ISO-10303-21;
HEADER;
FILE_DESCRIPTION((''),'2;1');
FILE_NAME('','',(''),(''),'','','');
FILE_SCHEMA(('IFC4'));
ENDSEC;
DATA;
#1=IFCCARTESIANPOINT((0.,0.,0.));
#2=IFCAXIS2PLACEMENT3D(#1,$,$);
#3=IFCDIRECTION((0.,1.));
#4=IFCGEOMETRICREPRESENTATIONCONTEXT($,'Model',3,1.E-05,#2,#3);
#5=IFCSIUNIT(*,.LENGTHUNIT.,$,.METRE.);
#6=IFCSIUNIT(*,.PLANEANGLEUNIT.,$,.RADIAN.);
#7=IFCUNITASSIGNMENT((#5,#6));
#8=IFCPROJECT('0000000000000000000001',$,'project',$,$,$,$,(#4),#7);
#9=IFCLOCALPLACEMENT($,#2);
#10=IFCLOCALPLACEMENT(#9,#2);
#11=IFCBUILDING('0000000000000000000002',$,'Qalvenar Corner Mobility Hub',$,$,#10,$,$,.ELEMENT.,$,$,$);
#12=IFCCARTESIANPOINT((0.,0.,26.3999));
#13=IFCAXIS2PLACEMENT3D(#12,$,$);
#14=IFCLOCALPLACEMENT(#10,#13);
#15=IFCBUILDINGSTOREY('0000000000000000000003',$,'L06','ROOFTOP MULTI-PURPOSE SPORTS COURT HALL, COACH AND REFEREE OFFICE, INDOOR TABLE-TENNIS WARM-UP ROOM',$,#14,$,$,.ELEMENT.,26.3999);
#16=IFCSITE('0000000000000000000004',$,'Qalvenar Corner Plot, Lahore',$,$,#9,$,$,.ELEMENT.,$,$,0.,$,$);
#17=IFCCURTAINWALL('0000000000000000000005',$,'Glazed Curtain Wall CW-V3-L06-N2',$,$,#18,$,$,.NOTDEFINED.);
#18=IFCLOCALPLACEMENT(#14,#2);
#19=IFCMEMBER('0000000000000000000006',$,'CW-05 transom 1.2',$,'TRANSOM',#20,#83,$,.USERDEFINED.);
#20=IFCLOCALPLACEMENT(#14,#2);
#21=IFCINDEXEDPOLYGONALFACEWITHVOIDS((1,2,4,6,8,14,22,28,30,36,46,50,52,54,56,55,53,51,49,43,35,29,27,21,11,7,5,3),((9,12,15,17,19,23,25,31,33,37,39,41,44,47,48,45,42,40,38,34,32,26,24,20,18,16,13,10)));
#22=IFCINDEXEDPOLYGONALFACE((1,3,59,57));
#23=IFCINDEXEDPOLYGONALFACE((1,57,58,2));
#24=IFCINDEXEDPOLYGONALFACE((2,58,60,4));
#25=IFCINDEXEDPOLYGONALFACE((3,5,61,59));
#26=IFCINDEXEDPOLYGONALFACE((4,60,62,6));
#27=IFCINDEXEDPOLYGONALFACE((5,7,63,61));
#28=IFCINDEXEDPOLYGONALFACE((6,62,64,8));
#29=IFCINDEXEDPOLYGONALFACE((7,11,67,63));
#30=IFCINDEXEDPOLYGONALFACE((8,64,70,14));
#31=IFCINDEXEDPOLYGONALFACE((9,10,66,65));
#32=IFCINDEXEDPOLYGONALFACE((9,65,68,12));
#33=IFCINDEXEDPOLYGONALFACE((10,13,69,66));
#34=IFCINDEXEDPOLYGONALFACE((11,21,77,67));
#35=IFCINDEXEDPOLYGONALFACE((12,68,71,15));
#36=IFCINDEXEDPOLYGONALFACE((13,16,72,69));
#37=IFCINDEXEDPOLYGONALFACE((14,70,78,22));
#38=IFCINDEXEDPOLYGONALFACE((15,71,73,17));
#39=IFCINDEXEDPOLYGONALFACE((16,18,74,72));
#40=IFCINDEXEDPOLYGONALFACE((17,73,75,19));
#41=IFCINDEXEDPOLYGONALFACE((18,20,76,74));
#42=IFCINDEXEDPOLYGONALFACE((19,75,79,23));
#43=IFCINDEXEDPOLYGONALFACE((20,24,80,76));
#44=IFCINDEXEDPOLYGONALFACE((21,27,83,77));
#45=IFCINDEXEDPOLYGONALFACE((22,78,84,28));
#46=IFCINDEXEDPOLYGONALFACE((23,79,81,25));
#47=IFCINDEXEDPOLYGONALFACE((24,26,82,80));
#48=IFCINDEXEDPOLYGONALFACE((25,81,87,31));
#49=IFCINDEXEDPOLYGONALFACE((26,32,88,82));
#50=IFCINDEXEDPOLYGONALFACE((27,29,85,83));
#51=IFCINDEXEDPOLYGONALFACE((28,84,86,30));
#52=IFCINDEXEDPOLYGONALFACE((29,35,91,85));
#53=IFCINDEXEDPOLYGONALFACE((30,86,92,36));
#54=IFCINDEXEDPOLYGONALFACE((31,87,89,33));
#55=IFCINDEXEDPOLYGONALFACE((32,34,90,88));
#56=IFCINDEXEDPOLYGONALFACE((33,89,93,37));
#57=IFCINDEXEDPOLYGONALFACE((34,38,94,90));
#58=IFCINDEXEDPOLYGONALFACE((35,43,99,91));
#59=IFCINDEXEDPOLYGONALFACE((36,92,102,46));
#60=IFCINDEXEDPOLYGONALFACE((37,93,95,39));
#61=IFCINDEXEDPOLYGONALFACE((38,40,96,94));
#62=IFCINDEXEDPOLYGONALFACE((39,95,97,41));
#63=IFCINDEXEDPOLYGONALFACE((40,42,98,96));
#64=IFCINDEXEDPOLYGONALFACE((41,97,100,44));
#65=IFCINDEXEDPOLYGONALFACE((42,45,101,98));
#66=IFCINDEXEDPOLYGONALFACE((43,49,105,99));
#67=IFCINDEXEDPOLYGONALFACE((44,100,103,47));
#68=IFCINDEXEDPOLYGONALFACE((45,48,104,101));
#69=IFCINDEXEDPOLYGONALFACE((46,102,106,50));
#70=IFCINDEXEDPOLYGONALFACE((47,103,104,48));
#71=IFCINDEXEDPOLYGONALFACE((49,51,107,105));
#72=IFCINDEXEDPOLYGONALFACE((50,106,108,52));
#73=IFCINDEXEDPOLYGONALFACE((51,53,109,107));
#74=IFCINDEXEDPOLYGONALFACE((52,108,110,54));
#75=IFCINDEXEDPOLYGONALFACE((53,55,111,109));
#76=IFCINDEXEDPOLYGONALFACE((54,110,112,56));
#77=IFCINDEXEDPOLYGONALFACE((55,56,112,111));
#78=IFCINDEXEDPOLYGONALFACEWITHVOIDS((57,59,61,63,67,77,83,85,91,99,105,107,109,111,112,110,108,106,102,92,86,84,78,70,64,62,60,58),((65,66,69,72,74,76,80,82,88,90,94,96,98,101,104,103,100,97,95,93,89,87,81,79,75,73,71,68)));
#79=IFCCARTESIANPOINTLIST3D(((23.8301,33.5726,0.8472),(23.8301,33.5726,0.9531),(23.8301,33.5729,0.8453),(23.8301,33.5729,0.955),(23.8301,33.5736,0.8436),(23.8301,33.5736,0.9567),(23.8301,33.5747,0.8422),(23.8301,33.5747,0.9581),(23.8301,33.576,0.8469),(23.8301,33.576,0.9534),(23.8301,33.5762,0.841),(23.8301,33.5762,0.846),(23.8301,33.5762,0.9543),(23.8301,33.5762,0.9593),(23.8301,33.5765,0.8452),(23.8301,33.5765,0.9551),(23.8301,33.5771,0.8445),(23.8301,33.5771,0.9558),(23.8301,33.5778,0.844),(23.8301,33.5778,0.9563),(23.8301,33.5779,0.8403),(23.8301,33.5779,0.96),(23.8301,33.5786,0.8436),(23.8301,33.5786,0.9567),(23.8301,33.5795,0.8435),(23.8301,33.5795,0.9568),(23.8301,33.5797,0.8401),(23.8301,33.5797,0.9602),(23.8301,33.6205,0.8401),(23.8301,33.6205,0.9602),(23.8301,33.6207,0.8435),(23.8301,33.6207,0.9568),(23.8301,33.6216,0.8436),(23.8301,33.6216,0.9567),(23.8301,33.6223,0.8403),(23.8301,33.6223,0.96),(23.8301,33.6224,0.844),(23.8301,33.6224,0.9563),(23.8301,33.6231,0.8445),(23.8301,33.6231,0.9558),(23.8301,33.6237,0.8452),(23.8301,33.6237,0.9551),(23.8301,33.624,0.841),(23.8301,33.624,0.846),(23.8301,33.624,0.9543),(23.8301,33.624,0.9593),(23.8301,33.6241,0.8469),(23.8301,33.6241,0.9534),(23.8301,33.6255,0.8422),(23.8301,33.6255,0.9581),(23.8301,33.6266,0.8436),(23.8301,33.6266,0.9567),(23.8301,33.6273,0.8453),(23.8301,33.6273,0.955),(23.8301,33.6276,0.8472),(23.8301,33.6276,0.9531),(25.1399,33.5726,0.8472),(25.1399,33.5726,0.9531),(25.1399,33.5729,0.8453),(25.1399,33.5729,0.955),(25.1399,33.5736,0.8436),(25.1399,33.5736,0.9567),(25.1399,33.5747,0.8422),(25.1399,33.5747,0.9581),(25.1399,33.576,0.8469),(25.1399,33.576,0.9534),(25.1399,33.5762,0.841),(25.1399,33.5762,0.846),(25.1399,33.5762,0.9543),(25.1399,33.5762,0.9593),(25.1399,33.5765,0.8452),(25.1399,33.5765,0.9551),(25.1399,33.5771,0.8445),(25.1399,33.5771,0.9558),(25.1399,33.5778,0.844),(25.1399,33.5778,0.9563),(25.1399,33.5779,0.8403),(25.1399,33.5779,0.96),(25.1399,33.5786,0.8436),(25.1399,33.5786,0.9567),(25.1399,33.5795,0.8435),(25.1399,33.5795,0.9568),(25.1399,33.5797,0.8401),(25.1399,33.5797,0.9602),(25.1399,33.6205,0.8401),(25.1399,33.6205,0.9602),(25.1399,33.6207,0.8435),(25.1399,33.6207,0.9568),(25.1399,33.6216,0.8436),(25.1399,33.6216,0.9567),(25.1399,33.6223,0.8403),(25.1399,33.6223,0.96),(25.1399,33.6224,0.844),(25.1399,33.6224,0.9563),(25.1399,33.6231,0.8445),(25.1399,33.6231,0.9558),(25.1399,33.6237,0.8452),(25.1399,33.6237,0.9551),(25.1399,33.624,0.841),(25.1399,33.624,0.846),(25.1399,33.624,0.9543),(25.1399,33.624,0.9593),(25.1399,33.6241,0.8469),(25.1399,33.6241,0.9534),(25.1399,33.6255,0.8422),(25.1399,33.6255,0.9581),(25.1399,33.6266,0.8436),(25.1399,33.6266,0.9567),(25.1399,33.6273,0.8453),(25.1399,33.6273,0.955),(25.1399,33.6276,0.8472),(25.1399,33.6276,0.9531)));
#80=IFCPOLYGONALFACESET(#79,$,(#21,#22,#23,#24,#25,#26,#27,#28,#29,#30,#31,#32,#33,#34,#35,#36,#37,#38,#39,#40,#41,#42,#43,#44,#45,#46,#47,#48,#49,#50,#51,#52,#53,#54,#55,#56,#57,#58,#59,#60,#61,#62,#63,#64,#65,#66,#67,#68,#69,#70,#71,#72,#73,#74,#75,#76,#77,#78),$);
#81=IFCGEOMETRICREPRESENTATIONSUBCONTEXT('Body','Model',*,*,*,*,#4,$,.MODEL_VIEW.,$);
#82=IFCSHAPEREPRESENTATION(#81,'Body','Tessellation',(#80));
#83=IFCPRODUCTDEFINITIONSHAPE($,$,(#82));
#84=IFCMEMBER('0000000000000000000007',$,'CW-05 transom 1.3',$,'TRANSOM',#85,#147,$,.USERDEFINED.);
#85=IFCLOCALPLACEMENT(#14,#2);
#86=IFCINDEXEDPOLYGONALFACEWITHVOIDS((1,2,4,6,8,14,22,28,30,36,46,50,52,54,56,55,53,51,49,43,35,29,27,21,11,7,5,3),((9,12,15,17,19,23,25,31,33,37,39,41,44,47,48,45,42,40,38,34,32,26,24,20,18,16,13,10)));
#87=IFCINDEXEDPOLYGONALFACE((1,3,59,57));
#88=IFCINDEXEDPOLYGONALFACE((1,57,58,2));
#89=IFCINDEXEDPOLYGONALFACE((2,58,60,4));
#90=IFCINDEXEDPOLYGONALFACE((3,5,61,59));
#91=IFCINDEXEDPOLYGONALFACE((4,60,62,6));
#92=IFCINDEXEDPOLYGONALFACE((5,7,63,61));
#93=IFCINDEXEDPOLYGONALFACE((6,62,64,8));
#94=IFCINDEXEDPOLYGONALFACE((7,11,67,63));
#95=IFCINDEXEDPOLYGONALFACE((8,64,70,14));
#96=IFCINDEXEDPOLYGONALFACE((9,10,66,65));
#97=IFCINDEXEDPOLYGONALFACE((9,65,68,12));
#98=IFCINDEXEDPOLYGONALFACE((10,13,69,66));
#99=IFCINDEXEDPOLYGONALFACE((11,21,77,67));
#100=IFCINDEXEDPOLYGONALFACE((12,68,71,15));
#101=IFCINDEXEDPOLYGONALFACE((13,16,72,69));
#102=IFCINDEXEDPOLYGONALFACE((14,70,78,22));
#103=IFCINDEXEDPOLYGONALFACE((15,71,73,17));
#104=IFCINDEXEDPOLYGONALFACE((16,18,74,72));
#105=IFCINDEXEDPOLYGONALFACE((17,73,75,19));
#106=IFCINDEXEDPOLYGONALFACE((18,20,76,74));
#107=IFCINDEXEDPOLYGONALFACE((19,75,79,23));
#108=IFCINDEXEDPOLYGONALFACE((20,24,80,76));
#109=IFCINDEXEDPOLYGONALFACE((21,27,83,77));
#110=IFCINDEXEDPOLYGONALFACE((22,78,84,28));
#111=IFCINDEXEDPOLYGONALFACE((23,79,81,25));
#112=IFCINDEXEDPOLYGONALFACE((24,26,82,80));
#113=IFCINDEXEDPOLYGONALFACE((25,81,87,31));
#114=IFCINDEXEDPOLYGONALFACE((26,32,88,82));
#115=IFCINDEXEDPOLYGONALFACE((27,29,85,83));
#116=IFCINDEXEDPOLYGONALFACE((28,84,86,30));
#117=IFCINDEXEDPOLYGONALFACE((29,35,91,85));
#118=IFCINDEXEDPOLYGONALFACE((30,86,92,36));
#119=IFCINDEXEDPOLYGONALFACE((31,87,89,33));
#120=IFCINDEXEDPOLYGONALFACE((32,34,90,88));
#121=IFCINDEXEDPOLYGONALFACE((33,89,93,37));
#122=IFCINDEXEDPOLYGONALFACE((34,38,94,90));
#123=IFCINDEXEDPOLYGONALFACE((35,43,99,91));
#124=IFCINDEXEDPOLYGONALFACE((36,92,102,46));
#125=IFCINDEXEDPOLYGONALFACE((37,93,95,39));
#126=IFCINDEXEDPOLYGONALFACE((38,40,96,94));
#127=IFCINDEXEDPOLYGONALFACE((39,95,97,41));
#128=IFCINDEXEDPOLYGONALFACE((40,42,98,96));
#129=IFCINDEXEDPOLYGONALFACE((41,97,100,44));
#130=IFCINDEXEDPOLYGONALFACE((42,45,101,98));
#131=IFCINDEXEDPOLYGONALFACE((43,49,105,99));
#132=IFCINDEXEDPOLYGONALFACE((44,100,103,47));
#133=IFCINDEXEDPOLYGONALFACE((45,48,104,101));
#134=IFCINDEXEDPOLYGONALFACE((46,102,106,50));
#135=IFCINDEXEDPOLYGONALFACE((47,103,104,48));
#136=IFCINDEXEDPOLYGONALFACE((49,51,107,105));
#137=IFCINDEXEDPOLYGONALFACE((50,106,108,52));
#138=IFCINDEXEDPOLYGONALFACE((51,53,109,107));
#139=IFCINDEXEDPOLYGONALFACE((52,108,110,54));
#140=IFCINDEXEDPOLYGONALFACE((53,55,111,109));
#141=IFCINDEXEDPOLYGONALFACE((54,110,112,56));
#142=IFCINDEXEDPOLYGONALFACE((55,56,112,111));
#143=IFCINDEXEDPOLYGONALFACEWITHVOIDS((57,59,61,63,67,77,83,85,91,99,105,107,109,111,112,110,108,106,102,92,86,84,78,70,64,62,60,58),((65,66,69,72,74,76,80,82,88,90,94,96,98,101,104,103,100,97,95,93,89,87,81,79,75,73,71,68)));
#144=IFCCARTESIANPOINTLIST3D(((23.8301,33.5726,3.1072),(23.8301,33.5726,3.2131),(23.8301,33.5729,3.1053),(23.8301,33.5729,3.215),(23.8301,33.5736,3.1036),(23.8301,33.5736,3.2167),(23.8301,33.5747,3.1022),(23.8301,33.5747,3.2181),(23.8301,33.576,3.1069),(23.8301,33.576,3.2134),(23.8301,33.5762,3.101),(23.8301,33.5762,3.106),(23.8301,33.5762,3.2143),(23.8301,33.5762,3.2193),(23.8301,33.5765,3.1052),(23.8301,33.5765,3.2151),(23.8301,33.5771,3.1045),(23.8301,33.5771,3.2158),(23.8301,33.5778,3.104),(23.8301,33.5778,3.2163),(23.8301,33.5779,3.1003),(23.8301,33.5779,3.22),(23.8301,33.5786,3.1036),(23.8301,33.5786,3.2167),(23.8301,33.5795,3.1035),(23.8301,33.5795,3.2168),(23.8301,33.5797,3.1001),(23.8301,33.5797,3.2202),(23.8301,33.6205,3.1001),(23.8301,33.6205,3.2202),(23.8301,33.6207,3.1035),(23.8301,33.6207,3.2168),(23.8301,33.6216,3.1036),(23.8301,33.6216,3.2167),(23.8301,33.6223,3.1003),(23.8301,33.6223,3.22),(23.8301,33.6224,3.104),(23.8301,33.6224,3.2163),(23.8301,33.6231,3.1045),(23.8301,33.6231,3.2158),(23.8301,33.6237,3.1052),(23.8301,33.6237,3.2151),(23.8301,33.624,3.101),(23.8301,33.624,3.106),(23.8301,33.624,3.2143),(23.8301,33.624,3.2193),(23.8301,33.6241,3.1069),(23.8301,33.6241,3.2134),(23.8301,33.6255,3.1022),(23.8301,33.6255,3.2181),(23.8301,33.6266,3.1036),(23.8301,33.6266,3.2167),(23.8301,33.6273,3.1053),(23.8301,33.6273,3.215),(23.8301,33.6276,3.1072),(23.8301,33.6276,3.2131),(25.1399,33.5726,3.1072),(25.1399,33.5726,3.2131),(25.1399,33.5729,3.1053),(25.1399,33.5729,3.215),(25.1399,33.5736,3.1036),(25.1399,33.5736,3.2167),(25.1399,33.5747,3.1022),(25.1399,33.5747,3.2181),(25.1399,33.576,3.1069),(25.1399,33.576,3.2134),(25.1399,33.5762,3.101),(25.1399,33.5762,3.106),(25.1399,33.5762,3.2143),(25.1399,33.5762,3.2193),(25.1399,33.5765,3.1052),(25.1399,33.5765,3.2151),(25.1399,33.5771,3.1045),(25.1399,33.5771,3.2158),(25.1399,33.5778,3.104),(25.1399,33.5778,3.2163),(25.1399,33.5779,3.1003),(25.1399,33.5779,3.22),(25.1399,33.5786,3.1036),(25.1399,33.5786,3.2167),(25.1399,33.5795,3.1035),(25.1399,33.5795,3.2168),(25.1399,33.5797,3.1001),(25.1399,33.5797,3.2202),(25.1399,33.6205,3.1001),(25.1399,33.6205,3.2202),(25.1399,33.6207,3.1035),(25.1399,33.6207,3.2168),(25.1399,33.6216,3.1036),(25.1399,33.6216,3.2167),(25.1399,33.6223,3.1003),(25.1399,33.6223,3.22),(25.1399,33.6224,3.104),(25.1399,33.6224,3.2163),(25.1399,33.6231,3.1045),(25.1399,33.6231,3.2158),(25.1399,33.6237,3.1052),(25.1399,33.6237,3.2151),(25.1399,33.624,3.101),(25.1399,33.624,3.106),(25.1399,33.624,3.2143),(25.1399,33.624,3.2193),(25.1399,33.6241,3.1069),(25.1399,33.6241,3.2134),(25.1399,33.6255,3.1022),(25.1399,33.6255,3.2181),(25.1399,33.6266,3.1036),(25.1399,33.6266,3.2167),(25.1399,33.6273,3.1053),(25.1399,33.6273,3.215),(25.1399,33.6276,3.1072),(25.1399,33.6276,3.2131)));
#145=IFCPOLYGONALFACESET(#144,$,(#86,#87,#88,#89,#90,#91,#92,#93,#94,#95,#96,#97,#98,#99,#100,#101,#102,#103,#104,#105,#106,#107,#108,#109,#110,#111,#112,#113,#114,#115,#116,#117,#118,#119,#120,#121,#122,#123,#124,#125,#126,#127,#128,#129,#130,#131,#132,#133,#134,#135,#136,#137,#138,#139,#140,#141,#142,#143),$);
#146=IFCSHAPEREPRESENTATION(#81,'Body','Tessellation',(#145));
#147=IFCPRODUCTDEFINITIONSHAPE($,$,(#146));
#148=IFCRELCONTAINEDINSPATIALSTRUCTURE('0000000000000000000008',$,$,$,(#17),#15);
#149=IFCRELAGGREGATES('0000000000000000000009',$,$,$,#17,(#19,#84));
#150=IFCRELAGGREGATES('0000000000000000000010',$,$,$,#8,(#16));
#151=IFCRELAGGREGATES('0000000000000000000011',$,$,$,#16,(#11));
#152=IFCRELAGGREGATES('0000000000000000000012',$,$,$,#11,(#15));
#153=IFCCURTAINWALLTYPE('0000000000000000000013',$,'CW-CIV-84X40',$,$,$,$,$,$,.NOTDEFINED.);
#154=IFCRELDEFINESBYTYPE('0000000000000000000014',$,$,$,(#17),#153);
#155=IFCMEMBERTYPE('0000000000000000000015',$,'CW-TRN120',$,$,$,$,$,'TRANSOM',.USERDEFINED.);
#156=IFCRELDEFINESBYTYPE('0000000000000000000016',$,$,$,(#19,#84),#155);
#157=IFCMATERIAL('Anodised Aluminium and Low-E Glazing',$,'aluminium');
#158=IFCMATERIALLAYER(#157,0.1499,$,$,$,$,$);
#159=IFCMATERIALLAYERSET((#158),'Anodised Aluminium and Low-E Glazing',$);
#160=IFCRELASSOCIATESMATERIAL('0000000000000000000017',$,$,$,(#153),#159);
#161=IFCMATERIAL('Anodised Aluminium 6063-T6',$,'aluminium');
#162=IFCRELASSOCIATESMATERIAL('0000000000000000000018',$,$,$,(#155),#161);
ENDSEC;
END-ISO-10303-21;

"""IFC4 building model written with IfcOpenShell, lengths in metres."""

from ifc_helpers import new_model, si_unit, direction, frame, origin, origin_2d, place, context, subcontext, project, spatial, hollow_rectangle, extrude, material, layer, layer_set, material_profile, profile_set, type_object, element, aggregate, save


model = new_model("IFC4")

# Units and contexts
model_context = context("Model", 3, precision=1e-05, world=origin(), true_north=direction((0.0, 1.0)))
body_context = subcontext(model_context, "Body", "Model", "MODEL_VIEW")
ifc_project = project(units=[si_unit("LENGTHUNIT", "METRE"), si_unit("PLANEANGLEUNIT", "RADIAN")], contexts=[model_context])

# Site, building, storey
site_placement = place(None, origin())
site = spatial("IfcSite", under=ifc_project, at=site_placement, Name="Qalvenar Corner Plot, Lahore", CompositionType="ELEMENT", RefElevation=0.0)
building_placement = place(site_placement, origin())
building = spatial("IfcBuilding", under=site, at=building_placement, Name="Qalvenar Corner Mobility Hub", CompositionType="ELEMENT")
storey_placement = place(building_placement, frame((0.0, 0.0, 26.3999)))
storey = spatial("IfcBuildingStorey", under=building, at=storey_placement, Name="L06", Description="ROOFTOP MULTI-PURPOSE SPORTS COURT HALL, COACH AND REFEREE OFFICE, INDOOR TABLE-TENNIS WARM-UP ROOM", CompositionType="ELEMENT", Elevation=26.3999)

# Curtain wall, members
ifc_material_1 = material(Name="Anodised Aluminium and Low-E Glazing", Category="aluminium")
ifc_layer_1 = layer(ifc_material_1, 0.1499)
ifc_layer_set_1 = layer_set([ifc_layer_1], Name="Anodised Aluminium and Low-E Glazing")
curtain_wall_type = type_object("IfcCurtainWallType", Name="CW-CIV-84X40", PredefinedType="NOTDEFINED", material=ifc_layer_set_1)
curtain_wall_placement = place(storey_placement, origin())
curtain_wall = element("IfcCurtainWall", 1, at=curtain_wall_placement, inside=storey, type_object=curtain_wall_type, Name="Glazed Curtain Wall CW-V3-L06-N2", PredefinedType="NOTDEFINED")
ifc_material_2 = material(Name="Anodised Aluminium 6063-T6", Category="aluminium")
ifc_material_profile_1 = material_profile(ifc_material_2, hollow_rectangle(XDim=0.0549, YDim=0.1201, WallThickness=0.0034, InnerFilletRadius=0.0034, OuterFilletRadius=0.0071, at=origin_2d()), Name="RHS120x55x3.5")
ifc_profile_set_1 = profile_set([ifc_material_profile_1], Name="Anodised Aluminium 6063-T6")
member_type_1 = type_object("IfcMemberType", Name="CW-TRN120", ElementType="TRANSOM", PredefinedType="USERDEFINED", material=ifc_profile_set_1)
member_1_placement = place(storey_placement, frame((25.1399, 33.6001, 0.9001), z_axis=(-1.0, 0.0, 0.0), x_axis=(0.0, -1.0, 0.0)))
member_1 = element("IfcMember", 2, at=member_1_placement, type_object=member_type_1, Name="CW-05 transom 1.2", ObjectType="TRANSOM", PredefinedType="USERDEFINED", context=body_context, shape_type="SweptSolid", body=[
    extrude(hollow_rectangle(XDim=0.0549, YDim=0.1201, WallThickness=0.0034, InnerFilletRadius=0.0034, OuterFilletRadius=0.0071, at=origin_2d()), origin(), (0.0, 0.0, 1.0), 1.3098),
])
member_2_placement = place(storey_placement, frame((25.1399, 33.6001, 3.1602), z_axis=(-1.0, 0.0, 0.0), x_axis=(0.0, -1.0, 0.0)))
member_2 = element("IfcMember", 3, at=member_2_placement, type_object=member_type_1, Name="CW-05 transom 1.3", ObjectType="TRANSOM", PredefinedType="USERDEFINED", context=body_context, shape_type="SweptSolid", body=[
    extrude(hollow_rectangle(XDim=0.0549, YDim=0.1201, WallThickness=0.0034, InnerFilletRadius=0.0034, OuterFilletRadius=0.0071, at=origin_2d()), origin(), (0.0, 0.0, 1.0), 1.3098),
])

aggregate(curtain_wall, [member_1, member_2])

save(model, "model.ifc")
